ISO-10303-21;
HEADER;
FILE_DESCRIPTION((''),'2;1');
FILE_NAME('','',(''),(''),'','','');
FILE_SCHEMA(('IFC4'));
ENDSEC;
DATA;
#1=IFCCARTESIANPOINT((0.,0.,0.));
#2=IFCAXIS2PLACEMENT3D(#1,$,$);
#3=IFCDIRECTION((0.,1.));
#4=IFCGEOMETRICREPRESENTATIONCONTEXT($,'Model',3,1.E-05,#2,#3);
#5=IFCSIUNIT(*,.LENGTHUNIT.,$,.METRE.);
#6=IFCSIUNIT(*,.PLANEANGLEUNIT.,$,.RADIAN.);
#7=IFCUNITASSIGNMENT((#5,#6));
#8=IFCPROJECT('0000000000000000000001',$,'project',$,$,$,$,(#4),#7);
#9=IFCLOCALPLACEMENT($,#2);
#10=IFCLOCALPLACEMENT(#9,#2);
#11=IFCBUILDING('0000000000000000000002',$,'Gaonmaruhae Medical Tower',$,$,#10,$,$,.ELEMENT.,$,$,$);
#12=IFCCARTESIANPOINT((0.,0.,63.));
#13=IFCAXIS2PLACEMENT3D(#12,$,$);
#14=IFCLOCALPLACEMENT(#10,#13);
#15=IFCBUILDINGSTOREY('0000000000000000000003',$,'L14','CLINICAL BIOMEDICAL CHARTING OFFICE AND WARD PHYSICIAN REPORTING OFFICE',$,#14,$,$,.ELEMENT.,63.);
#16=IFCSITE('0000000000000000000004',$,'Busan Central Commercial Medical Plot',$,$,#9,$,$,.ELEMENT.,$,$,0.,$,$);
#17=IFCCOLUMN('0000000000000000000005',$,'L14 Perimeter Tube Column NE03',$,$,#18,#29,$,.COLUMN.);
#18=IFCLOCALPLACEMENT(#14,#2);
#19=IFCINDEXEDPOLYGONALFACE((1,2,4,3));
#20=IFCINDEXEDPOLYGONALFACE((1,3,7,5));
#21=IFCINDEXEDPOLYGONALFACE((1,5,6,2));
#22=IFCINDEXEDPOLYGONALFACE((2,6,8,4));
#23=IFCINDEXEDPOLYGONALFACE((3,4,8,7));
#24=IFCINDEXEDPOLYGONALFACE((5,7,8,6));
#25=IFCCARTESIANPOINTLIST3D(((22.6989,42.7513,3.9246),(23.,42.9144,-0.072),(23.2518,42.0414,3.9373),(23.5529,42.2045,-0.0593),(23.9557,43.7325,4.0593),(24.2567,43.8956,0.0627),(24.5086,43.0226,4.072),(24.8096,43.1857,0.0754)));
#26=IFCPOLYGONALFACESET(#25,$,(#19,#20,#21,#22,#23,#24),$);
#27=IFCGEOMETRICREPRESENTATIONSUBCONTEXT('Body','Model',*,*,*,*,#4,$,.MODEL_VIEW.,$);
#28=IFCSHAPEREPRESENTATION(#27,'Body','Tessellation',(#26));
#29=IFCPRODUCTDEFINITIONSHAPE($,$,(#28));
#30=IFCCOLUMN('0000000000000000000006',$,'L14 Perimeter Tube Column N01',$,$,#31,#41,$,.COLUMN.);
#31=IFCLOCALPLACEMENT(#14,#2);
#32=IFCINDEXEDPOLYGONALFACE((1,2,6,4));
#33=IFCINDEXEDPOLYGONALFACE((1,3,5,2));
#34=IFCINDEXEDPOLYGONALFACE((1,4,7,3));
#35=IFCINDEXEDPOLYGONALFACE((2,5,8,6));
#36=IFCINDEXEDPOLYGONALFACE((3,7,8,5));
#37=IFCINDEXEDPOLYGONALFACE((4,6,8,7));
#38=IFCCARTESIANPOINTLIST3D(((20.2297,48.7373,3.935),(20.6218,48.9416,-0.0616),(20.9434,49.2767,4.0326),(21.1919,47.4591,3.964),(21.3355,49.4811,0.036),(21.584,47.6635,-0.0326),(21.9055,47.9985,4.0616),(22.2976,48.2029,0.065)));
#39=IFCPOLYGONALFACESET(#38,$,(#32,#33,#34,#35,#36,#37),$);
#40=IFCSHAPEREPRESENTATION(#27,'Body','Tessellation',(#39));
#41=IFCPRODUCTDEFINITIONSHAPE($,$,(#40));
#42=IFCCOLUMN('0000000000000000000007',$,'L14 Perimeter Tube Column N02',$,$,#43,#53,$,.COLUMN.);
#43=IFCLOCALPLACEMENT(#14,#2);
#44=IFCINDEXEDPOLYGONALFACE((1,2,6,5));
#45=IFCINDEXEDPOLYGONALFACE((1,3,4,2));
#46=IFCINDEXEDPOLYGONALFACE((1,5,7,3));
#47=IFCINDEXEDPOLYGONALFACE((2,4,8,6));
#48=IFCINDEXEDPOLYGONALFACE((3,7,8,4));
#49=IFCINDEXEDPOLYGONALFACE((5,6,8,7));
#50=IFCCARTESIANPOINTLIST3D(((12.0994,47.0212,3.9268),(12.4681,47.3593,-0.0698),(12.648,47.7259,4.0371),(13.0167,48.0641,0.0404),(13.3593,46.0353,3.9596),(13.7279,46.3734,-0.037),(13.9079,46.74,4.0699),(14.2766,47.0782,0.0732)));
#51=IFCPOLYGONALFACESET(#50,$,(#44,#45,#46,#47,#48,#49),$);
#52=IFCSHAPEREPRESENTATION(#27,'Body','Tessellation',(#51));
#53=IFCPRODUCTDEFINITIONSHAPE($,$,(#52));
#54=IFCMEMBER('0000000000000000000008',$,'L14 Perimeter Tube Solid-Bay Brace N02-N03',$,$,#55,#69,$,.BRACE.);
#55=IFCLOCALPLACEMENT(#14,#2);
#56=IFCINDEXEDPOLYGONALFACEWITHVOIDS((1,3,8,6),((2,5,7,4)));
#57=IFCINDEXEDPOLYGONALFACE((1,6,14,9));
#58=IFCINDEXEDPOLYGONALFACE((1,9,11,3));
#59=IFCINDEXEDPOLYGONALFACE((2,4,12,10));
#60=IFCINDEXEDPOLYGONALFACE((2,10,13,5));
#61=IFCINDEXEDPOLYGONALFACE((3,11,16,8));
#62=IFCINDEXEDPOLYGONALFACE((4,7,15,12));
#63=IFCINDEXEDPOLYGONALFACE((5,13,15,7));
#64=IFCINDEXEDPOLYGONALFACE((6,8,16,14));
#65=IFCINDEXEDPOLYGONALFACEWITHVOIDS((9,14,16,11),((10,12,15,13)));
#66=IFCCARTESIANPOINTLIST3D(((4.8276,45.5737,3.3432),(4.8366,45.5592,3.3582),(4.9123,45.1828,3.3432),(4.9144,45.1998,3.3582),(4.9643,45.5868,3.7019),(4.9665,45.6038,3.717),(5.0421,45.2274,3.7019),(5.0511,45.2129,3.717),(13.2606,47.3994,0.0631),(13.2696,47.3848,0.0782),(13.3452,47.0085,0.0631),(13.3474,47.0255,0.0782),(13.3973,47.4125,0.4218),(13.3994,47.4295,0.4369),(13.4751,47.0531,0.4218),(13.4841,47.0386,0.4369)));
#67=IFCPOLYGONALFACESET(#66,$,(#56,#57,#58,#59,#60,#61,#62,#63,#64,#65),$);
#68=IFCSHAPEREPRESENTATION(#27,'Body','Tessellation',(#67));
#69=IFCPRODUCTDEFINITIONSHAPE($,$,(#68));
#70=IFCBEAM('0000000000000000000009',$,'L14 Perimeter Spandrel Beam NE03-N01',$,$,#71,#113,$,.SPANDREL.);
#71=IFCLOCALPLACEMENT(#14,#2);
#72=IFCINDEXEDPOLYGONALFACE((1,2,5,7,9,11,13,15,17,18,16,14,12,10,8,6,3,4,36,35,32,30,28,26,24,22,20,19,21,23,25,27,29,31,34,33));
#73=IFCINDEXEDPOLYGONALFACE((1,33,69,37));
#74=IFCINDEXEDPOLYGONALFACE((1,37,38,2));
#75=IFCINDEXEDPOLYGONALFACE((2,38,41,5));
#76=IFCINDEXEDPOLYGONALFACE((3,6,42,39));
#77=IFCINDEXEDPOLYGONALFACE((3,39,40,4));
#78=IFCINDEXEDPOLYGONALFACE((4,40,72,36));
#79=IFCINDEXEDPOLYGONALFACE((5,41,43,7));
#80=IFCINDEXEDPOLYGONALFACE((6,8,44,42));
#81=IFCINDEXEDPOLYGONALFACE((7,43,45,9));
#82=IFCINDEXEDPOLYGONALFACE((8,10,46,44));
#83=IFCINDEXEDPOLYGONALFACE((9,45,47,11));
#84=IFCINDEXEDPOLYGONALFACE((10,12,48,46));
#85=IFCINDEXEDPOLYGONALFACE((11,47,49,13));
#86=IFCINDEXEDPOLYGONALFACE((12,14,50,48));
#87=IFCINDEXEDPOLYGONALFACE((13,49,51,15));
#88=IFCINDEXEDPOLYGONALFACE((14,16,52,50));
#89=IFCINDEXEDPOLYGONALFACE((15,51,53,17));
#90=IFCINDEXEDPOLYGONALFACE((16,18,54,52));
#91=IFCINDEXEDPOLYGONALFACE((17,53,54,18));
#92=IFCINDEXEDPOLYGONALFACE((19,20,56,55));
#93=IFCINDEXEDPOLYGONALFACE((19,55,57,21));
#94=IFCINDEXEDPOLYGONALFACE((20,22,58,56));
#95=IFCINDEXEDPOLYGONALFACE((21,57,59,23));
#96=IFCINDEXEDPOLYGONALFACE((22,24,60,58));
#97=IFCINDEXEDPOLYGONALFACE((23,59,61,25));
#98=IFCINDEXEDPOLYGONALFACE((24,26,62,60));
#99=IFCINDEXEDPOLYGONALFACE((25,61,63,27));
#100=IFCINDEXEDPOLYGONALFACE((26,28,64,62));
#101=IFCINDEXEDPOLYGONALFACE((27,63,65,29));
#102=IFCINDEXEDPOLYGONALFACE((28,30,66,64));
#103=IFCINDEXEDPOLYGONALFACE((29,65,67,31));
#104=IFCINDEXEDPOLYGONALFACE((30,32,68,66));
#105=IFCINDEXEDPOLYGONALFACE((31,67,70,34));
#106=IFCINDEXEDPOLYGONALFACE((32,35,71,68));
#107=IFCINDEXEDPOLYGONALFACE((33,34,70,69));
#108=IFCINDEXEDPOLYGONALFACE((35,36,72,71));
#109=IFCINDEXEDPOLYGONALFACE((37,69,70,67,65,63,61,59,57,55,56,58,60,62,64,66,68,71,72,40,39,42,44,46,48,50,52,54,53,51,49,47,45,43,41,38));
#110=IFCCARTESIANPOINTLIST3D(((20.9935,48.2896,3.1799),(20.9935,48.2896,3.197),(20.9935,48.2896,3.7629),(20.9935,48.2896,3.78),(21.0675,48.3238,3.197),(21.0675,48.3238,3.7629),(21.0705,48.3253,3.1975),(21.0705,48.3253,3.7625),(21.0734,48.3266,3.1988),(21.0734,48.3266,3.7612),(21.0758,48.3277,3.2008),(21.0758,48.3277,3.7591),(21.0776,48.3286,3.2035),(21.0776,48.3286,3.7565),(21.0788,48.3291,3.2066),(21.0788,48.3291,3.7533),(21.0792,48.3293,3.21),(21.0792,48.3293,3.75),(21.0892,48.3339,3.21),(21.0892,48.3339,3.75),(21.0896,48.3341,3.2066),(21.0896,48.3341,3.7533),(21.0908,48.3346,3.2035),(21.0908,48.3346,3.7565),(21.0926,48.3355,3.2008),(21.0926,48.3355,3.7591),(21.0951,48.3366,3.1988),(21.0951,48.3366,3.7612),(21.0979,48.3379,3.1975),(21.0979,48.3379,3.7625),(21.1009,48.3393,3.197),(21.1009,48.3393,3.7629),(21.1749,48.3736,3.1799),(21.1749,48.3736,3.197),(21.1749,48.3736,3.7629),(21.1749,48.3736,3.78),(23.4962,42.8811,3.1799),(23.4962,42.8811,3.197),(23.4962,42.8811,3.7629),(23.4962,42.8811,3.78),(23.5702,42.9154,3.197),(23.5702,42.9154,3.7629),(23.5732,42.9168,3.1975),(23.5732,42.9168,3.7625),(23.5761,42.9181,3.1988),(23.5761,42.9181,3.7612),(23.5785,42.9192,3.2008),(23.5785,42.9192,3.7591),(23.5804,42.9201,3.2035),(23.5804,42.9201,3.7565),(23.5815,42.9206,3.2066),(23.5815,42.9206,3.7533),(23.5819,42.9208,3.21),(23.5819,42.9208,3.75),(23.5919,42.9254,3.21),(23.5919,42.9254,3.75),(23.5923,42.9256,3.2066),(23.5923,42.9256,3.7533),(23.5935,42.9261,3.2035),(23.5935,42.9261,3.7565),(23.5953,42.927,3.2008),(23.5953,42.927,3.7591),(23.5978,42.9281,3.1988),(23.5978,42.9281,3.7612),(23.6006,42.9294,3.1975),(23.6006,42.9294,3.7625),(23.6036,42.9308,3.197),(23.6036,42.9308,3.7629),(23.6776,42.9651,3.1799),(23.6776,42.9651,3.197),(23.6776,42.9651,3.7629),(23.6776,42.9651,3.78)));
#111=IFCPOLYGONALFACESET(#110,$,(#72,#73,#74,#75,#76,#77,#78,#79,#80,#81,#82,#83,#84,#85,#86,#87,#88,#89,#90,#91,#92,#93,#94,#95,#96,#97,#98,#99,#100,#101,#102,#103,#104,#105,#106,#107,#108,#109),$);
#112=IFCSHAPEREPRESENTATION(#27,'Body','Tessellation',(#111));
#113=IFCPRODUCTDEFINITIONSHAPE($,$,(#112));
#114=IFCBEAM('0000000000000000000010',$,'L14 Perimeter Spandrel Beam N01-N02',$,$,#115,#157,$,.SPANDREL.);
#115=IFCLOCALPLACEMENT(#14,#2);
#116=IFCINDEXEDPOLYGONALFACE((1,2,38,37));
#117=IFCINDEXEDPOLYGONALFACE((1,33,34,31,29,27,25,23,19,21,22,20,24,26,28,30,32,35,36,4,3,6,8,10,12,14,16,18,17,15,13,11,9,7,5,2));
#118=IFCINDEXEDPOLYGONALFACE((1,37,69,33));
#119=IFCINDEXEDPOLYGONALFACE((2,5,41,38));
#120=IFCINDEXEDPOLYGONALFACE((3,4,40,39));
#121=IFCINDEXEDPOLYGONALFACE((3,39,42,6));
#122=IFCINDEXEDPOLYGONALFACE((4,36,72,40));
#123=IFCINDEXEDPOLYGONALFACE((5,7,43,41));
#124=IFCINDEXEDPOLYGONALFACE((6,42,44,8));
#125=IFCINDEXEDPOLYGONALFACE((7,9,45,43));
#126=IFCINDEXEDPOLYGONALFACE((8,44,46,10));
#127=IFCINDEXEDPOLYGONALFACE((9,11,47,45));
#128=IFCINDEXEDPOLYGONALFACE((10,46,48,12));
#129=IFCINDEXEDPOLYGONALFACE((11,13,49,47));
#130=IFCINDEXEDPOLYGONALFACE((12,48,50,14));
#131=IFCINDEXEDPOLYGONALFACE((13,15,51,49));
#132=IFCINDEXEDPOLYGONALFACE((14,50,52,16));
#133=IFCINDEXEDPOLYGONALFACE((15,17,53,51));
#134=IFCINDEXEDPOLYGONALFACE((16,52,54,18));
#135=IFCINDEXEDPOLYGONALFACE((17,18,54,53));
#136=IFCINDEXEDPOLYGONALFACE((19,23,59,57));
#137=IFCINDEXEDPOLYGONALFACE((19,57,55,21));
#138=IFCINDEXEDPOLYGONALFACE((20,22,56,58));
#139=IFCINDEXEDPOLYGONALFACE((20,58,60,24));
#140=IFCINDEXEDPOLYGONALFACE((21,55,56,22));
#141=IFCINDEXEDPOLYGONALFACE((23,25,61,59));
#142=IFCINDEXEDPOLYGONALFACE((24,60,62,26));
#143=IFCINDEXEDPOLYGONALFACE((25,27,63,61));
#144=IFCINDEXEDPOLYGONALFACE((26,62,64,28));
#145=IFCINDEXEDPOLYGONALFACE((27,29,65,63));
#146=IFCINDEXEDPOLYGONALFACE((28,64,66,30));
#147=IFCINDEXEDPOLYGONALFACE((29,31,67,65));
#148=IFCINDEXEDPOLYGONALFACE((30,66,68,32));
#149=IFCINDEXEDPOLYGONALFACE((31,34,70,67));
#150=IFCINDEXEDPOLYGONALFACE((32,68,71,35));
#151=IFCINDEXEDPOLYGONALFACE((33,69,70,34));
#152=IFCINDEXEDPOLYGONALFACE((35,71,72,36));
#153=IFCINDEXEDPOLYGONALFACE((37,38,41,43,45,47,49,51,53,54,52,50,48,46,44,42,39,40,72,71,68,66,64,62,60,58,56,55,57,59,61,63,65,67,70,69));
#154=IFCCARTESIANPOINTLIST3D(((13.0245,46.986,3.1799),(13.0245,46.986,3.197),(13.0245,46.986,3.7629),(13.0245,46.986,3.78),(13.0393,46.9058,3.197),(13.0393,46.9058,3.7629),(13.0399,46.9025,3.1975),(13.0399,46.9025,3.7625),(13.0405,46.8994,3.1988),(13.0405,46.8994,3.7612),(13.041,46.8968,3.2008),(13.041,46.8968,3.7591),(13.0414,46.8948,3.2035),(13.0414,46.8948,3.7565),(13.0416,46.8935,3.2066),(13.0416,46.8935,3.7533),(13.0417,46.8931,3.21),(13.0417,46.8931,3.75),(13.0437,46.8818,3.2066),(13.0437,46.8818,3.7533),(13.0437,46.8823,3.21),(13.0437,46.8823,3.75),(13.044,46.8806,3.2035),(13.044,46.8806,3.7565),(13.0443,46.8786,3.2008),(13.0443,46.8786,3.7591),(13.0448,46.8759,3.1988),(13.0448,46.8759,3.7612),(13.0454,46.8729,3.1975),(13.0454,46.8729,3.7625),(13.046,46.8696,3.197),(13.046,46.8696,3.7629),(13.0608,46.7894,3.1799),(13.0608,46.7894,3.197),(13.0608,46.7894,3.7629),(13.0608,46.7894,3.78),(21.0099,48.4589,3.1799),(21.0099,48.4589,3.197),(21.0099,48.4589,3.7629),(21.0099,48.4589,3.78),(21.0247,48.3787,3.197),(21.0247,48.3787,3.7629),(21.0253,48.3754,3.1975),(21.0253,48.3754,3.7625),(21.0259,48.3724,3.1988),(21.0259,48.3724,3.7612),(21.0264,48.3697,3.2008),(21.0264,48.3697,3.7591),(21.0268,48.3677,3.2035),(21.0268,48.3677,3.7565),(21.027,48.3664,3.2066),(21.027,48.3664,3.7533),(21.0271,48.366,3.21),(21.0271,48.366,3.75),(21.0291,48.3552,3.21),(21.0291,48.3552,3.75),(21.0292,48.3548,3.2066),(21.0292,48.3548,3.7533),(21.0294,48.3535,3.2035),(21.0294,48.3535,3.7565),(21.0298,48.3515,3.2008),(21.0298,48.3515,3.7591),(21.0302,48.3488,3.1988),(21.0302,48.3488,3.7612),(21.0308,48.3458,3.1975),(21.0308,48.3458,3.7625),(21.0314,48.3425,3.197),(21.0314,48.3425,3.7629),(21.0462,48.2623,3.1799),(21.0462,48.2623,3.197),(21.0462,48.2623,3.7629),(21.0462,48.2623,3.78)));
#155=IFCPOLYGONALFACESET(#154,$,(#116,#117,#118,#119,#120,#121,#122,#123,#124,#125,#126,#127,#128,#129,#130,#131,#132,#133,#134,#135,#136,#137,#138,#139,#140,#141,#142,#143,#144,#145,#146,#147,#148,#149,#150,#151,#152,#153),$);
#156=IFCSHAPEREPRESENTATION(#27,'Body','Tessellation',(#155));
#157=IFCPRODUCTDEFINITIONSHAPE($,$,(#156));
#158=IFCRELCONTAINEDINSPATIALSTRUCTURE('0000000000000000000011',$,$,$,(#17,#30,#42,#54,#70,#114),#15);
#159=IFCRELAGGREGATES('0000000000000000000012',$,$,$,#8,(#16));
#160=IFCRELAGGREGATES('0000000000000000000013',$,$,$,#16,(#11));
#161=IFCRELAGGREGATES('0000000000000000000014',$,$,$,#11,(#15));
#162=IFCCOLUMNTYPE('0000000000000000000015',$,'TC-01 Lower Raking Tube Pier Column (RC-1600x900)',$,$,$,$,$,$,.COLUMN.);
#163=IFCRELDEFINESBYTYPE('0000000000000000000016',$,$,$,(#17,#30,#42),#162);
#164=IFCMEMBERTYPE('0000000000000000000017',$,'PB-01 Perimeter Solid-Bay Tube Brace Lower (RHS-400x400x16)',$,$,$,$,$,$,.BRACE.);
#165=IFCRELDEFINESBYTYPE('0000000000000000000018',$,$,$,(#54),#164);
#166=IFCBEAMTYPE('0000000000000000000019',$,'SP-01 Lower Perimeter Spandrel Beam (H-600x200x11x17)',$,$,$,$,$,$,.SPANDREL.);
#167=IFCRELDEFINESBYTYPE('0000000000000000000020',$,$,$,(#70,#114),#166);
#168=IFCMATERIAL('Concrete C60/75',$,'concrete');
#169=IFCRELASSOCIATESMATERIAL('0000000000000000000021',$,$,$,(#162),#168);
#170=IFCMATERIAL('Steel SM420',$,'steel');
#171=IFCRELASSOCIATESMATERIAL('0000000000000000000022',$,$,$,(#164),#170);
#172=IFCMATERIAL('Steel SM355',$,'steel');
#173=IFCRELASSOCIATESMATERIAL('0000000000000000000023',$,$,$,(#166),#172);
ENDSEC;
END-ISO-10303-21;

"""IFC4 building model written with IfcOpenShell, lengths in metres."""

from ifc_helpers import new_model, si_unit, direction, frame, origin, origin_2d, place, context, subcontext, project, spatial, rectangle, hollow_rectangle, i_section, extrude, material, material_profile, profile_set, type_object, element, save


model = new_model("IFC4")

# Units and contexts
model_context = context("Model", 3, precision=1e-05, world=origin(), true_north=direction((0.0, 1.0)))
body_context = subcontext(model_context, "Body", "Model", "MODEL_VIEW")
ifc_project = project(units=[si_unit("LENGTHUNIT", "METRE"), si_unit("PLANEANGLEUNIT", "RADIAN")], contexts=[model_context])

# Site, building, storey
site_placement = place(None, origin())
site = spatial("IfcSite", under=ifc_project, at=site_placement, Name="Busan Central Commercial Medical Plot", CompositionType="ELEMENT", RefElevation=0.0)
building_placement = place(site_placement, origin())
building = spatial("IfcBuilding", under=site, at=building_placement, Name="Gaonmaruhae Medical Tower", CompositionType="ELEMENT")
storey_placement = place(building_placement, frame((0.0, 0.0, 63.0)))
storey = spatial("IfcBuildingStorey", under=building, at=storey_placement, Name="L14", Description="CLINICAL BIOMEDICAL CHARTING OFFICE AND WARD PHYSICIAN REPORTING OFFICE", CompositionType="ELEMENT", Elevation=63.0)

# Columns
ifc_material_1 = material(Name="Concrete C60/75", Category="concrete")
ifc_material_profile_1 = material_profile(ifc_material_1, rectangle(XDim=1.6001, YDim=0.8999, at=origin_2d()), Name="RC-1600x900")
ifc_profile_set_1 = profile_set([ifc_material_profile_1], Name="Concrete C60/75")
column_type = type_object("IfcColumnType", Name="TC-01 Lower Raking Tube Pier Column (RC-1600x900)", PredefinedType="COLUMN", material=ifc_profile_set_1)
column_1_placement = place(storey_placement, frame((23.9048, 43.05, 0.0017), z_axis=(-0.075046, -0.040657, 0.996351), x_axis=(0.785411, 0.613224, 0.084181)))
element("IfcColumn", 1, at=column_1_placement, inside=storey, type_object=column_type, Name="L14 Perimeter Tube Column NE03", PredefinedType="COLUMN", context=body_context, shape_type="SweptSolid", body=[
    extrude(rectangle(XDim=1.6001, YDim=0.8999, at=origin_2d()), origin(), (0.0, 0.0, 1.0), 4.0112),
])
column_2_placement = place(storey_placement, frame((21.4597, 48.5723, 0.0017), z_axis=(-0.097511, -0.05082, 0.993936), x_axis=(0.601307, -0.798812, 0.018149)))
element("IfcColumn", 2, at=column_2_placement, inside=storey, type_object=column_type, Name="L14 Perimeter Tube Column N01", PredefinedType="COLUMN", context=body_context, shape_type="SweptSolid", body=[
    extrude(rectangle(XDim=1.6001, YDim=0.8999, at=origin_2d()), origin(), (0.0, 0.0, 1.0), 4.021),
])
column_3_placement = place(storey_placement, frame((13.3723, 47.2188, 0.0017), z_axis=(-0.091528, -0.083951, 0.992257), x_axis=(0.787366, -0.616145, 0.020499)))
element("IfcColumn", 3, at=column_3_placement, inside=storey, type_object=column_type, Name="L14 Perimeter Tube Column N02", PredefinedType="COLUMN", context=body_context, shape_type="SweptSolid", body=[
    extrude(rectangle(XDim=1.6001, YDim=0.8999, at=origin_2d()), origin(), (0.0, 0.0, 1.0), 4.0278),
])

# Member
ifc_material_2 = material(Name="Steel SM420", Category="steel")
ifc_material_profile_2 = material_profile(ifc_material_2, hollow_rectangle(XDim=0.3999, YDim=0.3999, WallThickness=0.0161, at=origin_2d()), Name="RHS-400x400x16")
ifc_profile_set_2 = profile_set([ifc_material_profile_2], Name="Steel SM420")
member_type = type_object("IfcMemberType", Name="PB-01 Perimeter Solid-Bay Tube Brace Lower (RHS-400x400x16)", PredefinedType="BRACE", material=ifc_profile_set_2)
member_placement = place(storey_placement, frame((13.3723, 47.219, 0.25), z_axis=(-0.913572, -0.197785, 0.355341), x_axis=(0.211594, -0.977358, 0.0)))
element("IfcMember", 4, at=member_placement, inside=storey, type_object=member_type, Name="L14 Perimeter Tube Solid-Bay Brace N02-N03", PredefinedType="BRACE", context=body_context, shape_type="SweptSolid", body=[
    extrude(hollow_rectangle(XDim=0.3999, YDim=0.3999, WallThickness=0.0161, at=origin_2d()), origin(), (0.0, 0.0, 1.0), 9.2307),
])

# Beams
ifc_material_3 = material(Name="Steel SM355", Category="steel")
ifc_material_profile_3 = material_profile(ifc_material_3, i_section(OverallWidth=0.2, OverallDepth=0.6001, WebThickness=0.011, FlangeThickness=0.0171, FilletRadius=0.0129, at=origin_2d()), Name="H-600x200x11x17")
ifc_profile_set_3 = profile_set([ifc_material_profile_3], Name="Steel SM355")
beam_type = type_object("IfcBeamType", Name="SP-01 Lower Perimeter Spandrel Beam (H-600x200x11x17)", PredefinedType="SPANDREL", material=ifc_profile_set_3)
beam_placement = place(storey_placement, frame((23.5869, 42.9231, 3.48), z_axis=(-0.419954, 0.907545, 0.0), x_axis=(-0.907545, -0.419954, 0.0)))
element("IfcBeam", 5, at=beam_placement, inside=storey, type_object=beam_type, Name="L14 Perimeter Spandrel Beam NE03-N01", PredefinedType="SPANDREL", context=body_context, shape_type="SweptSolid", body=[
    extrude(i_section(OverallWidth=0.2, OverallDepth=0.6001, WebThickness=0.011, FlangeThickness=0.0171, FilletRadius=0.0129, at=origin_2d()), origin(), (0.0, 0.0, 1.0), 5.9595),
])
for number, where, z_axis, x_axis, name in (
    (6, (21.0281, 48.3606, 3.48), (-0.983411, -0.18139, 0.0), (0.18139, -0.983411, 0.0), "L14 Perimeter Spandrel Beam N01-N02"),
):
    element("IfcBeam", number, at=place(storey_placement, frame(where, z_axis=z_axis, x_axis=x_axis)), inside=storey, type_object=beam_type, Name=name, PredefinedType="SPANDREL", context=body_context, shape_type="SweptSolid", body=[
        extrude(i_section(OverallWidth=0.2, OverallDepth=0.6001, WebThickness=0.011, FlangeThickness=0.0171, FilletRadius=0.0129, at=origin_2d()), origin(), (0.0, 0.0, 1.0), 8.1201),
    ])

save(model, "model.ifc")
